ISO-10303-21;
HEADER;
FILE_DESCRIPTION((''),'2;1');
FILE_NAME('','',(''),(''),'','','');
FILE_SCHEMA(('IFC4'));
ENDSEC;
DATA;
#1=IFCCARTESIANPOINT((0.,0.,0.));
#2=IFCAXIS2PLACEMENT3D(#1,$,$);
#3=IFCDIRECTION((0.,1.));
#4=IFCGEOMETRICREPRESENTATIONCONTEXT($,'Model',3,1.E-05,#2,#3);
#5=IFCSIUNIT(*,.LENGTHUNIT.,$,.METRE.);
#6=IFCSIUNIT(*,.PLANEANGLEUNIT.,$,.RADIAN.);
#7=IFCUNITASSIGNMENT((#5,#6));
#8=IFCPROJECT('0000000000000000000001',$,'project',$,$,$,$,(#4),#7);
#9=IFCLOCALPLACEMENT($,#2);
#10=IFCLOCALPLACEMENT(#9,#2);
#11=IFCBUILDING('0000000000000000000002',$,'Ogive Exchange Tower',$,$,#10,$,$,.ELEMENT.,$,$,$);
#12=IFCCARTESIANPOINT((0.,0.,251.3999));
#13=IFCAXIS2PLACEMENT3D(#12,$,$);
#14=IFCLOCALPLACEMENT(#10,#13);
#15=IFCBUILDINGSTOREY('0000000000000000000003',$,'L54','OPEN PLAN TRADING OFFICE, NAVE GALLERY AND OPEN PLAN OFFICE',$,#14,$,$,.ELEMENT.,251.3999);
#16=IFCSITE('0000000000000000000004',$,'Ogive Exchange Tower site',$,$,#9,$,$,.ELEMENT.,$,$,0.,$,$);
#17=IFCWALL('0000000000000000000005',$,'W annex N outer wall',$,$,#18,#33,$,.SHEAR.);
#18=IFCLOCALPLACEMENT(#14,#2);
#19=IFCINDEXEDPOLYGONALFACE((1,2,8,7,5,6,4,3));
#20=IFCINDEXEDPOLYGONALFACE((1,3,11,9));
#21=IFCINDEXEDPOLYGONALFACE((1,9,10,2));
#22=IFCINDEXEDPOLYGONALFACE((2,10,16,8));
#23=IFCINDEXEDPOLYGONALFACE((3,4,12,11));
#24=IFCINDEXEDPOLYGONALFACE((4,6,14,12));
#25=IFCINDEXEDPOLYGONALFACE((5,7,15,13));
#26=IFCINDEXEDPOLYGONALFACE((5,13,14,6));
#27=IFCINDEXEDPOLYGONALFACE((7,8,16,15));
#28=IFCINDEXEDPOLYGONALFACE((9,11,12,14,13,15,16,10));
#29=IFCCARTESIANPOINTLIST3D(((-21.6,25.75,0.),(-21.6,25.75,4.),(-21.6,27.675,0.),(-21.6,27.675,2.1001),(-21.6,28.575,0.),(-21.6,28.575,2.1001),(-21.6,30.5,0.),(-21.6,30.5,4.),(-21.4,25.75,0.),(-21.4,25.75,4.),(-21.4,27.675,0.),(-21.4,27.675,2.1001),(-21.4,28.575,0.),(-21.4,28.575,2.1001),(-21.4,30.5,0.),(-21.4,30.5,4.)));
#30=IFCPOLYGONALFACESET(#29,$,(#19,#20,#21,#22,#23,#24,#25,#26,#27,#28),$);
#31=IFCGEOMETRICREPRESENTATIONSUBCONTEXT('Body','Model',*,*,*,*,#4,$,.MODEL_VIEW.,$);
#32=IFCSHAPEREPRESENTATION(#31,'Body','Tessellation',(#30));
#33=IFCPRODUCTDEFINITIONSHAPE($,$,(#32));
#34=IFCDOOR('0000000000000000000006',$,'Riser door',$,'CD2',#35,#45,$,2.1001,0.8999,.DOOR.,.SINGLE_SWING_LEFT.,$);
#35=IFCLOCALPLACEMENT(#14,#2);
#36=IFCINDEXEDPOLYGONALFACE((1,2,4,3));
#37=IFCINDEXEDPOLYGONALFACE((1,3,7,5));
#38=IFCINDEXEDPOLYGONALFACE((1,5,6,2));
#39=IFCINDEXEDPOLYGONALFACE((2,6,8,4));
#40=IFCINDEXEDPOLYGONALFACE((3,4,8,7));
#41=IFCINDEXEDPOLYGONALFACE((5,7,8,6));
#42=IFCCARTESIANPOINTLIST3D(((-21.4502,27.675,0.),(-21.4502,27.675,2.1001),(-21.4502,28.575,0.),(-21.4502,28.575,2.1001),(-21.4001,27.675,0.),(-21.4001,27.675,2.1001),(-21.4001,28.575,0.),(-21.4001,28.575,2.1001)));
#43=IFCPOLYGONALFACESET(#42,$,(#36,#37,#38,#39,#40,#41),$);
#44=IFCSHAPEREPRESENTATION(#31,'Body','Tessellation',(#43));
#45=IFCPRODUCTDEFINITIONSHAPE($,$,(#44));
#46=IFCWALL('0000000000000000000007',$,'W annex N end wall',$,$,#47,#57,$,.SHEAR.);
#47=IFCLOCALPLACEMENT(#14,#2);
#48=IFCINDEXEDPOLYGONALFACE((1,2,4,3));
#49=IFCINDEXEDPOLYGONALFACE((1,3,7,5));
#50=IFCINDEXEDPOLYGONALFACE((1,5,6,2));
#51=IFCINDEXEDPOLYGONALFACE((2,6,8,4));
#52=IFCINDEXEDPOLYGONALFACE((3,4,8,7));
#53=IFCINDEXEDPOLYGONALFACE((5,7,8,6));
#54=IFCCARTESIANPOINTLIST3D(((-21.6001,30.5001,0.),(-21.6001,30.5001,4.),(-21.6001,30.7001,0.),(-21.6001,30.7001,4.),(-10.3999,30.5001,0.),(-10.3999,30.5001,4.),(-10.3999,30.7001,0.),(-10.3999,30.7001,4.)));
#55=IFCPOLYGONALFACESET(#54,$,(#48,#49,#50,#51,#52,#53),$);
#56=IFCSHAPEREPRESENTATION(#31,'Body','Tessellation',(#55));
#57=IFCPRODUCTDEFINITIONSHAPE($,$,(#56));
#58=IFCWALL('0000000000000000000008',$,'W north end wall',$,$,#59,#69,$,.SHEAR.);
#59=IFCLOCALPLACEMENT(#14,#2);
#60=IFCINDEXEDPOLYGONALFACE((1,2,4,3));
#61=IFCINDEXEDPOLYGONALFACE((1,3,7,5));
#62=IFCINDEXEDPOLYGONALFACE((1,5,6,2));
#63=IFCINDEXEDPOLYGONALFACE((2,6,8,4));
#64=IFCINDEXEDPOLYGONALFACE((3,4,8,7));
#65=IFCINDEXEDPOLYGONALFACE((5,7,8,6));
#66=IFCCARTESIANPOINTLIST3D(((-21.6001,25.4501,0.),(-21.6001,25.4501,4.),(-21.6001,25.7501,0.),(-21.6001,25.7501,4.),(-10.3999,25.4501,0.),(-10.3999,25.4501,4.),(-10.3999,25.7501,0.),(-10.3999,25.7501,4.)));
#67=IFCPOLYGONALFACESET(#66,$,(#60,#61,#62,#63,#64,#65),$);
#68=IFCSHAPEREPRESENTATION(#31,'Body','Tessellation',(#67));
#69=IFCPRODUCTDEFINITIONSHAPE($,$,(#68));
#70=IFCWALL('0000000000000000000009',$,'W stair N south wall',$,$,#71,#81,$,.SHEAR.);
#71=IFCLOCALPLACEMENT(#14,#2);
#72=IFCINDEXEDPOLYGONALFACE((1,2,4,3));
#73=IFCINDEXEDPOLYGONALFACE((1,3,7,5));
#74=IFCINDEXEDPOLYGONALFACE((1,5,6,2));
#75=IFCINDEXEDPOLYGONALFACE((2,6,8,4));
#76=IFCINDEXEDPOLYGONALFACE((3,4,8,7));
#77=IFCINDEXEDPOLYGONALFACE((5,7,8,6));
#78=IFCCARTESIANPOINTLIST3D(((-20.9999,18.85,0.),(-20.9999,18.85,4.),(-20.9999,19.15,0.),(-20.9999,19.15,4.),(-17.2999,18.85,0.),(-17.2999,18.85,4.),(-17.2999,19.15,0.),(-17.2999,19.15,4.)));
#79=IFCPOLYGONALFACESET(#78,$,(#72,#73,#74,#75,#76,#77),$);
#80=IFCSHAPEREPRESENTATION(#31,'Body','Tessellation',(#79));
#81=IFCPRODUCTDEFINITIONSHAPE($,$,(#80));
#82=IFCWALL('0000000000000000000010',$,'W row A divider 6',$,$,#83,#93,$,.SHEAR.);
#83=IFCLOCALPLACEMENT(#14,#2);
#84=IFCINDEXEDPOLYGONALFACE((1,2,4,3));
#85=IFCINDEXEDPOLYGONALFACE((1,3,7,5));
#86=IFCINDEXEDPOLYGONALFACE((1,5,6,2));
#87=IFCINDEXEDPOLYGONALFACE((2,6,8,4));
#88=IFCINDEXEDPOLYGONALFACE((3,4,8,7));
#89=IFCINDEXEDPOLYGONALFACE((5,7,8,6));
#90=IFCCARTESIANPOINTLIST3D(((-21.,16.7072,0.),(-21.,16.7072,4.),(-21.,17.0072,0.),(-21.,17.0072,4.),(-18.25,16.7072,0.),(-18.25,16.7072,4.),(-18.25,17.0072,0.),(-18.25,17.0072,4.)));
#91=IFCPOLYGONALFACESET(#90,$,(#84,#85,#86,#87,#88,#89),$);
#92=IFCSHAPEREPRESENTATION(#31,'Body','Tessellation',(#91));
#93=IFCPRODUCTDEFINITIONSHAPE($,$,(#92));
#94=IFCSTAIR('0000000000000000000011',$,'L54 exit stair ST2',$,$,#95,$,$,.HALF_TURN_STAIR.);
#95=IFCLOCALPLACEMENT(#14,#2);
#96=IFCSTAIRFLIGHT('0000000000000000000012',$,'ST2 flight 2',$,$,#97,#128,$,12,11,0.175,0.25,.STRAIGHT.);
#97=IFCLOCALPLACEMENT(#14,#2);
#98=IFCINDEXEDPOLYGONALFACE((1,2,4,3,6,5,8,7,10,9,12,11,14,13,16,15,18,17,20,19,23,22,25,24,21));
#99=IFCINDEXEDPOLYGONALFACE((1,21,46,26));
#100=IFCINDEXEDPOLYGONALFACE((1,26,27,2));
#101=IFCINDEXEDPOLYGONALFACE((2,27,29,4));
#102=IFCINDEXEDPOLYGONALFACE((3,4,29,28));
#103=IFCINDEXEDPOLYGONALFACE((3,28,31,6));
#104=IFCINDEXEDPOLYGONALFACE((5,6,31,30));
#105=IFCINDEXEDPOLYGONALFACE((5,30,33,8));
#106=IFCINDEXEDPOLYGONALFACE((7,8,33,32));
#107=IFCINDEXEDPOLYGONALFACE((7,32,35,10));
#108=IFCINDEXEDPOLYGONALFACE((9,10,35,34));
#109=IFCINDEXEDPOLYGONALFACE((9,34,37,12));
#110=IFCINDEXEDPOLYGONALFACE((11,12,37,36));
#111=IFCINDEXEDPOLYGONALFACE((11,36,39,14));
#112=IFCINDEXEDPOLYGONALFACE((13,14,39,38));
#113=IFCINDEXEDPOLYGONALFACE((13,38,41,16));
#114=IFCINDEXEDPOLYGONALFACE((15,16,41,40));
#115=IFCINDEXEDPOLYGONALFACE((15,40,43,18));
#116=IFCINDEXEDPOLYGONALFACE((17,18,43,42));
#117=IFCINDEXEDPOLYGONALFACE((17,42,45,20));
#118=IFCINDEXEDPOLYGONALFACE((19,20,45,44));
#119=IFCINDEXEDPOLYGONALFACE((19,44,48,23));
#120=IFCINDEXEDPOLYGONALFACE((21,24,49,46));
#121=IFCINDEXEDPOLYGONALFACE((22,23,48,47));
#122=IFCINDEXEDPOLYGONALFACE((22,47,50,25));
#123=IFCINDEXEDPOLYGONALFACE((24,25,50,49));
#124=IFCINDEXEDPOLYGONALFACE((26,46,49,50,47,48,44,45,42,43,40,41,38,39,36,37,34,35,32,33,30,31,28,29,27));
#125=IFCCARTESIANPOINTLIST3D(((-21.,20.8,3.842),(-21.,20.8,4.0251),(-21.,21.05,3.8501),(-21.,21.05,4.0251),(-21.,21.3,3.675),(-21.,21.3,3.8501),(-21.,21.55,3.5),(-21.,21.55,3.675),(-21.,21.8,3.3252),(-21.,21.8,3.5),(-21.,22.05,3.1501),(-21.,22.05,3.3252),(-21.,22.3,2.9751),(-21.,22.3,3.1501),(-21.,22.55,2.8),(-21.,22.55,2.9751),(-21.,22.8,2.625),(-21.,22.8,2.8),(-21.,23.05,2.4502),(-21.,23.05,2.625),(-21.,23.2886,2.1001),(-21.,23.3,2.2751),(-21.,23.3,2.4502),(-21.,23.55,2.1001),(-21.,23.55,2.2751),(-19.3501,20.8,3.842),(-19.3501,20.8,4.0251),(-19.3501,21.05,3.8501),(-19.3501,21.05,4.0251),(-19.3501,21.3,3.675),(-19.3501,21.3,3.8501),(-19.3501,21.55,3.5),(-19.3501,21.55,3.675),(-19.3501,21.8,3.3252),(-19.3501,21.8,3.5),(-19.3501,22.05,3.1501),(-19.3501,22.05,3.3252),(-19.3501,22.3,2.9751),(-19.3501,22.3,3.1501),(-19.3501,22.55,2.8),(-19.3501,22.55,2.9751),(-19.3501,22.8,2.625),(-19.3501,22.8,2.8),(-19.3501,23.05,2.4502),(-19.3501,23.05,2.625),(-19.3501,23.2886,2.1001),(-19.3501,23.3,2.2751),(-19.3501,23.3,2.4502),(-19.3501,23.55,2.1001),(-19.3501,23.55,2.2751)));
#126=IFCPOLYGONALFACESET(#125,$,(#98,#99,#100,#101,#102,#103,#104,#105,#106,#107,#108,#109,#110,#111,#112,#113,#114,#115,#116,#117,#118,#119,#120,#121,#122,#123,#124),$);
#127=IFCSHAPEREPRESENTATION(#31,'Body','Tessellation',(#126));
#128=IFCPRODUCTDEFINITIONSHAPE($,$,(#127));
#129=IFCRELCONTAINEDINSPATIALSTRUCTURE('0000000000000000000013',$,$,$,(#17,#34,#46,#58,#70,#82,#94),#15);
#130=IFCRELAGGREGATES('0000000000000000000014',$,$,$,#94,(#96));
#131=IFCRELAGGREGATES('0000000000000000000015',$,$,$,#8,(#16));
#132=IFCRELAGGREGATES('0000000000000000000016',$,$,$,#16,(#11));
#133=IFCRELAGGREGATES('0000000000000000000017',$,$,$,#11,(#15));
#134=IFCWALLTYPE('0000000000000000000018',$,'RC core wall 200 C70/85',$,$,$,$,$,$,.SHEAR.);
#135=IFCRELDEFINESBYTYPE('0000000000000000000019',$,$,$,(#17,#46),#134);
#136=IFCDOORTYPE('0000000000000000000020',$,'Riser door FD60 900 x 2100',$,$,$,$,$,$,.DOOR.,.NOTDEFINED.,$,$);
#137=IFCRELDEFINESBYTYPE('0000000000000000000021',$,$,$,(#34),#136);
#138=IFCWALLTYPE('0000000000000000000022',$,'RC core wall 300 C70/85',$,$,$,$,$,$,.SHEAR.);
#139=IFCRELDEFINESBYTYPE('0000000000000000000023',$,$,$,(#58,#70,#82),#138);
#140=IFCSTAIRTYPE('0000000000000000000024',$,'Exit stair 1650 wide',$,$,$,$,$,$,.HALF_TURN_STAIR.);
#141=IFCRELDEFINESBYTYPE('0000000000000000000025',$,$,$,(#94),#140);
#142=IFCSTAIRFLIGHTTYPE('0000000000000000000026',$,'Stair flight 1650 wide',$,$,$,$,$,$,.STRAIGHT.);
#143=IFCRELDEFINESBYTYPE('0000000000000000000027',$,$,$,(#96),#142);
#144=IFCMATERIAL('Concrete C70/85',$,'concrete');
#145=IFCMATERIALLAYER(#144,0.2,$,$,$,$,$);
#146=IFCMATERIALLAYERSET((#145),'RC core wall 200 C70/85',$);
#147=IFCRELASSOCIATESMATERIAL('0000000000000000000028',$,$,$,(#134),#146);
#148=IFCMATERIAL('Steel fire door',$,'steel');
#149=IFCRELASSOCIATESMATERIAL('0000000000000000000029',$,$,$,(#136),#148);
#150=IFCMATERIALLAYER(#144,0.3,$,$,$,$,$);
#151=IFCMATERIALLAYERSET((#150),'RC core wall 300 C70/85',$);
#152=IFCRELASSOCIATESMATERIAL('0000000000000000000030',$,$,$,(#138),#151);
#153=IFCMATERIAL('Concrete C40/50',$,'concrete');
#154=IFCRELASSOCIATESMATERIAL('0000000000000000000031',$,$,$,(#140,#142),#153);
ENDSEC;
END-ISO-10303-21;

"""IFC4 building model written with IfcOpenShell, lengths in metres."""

from ifc_helpers import new_model, si_unit, direction, frame, frame_2d, origin, place, context, subcontext, project, spatial, polyline, rectangle, outline, extrude, material, layer, layer_set, type_object, element, fill, aggregate, save


model = new_model("IFC4")

# Units and contexts
model_context = context("Model", 3, precision=1e-05, world=origin(), true_north=direction((0.0, 1.0)))
body_context = subcontext(model_context, "Body", "Model", "MODEL_VIEW")
ifc_project = project(units=[si_unit("LENGTHUNIT", "METRE"), si_unit("PLANEANGLEUNIT", "RADIAN")], contexts=[model_context])

# Site, building, storey
site_placement = place(None, origin())
site = spatial("IfcSite", under=ifc_project, at=site_placement, Name="Ogive Exchange Tower site", CompositionType="ELEMENT", RefElevation=0.0)
building_placement = place(site_placement, origin())
building = spatial("IfcBuilding", under=site, at=building_placement, Name="Ogive Exchange Tower", CompositionType="ELEMENT")
storey_placement = place(building_placement, frame((0.0, 0.0, 251.3999)))
storey = spatial("IfcBuildingStorey", under=building, at=storey_placement, Name="L54", Description="OPEN PLAN TRADING OFFICE, NAVE GALLERY AND OPEN PLAN OFFICE", CompositionType="ELEMENT", Elevation=251.3999)

# Wall, opening, door
ifc_material_1 = material(Name="Concrete C70/85", Category="concrete")
ifc_layer_1 = layer(ifc_material_1, 0.2)
ifc_layer_set_1 = layer_set([ifc_layer_1], Name="RC core wall 200 C70/85")
wall_type_1 = type_object("IfcWallType", Name="RC core wall 200 C70/85", PredefinedType="SHEAR", material=ifc_layer_set_1)
wall_1_placement = place(storey_placement, frame((-21.5, 25.75, 0.0), z_axis=(0.0, 0.0, 1.0), x_axis=(0.0, 1.0, 0.0)))
wall_1 = element("IfcWall", 1, at=wall_1_placement, inside=storey, type_object=wall_type_1, Name="W annex N outer wall", PredefinedType="SHEAR", context=body_context, shape_type="SweptSolid", body=[
    extrude(rectangle(XDim=4.75, YDim=0.2, at=frame_2d((2.375, 0.0))), origin(), (0.0, 0.0, 1.0), 4.0),
])
opening_placement = place(wall_1_placement, frame((1.925, 0.0, 0.0)))
opening = element("IfcOpeningElement", 2, at=opening_placement, cuts=wall_1, PredefinedType="OPENING", context=body_context, shape_type="SweptSolid", body=[
    extrude(rectangle(XDim=0.8999, YDim=2.1001, at=frame_2d((0.45, 1.05))), frame((0.0, 0.1099, 0.0), z_axis=(0.0, -1.0, 0.0), x_axis=(1.0, 0.0, 0.0)), (0.0, 0.0, 1.0), 0.22),
])
ifc_material_2 = material(Name="Steel fire door", Category="steel")
door_type = type_object("IfcDoorType", Name="Riser door FD60 900 x 2100", OperationType="NOTDEFINED", PredefinedType="DOOR", material=ifc_material_2)
door_placement = place(opening_placement, origin())
door = element("IfcDoor", 3, at=door_placement, inside=storey, type_object=door_type, Name="Riser door", ObjectType="CD2", OperationType="SINGLE_SWING_LEFT", OverallHeight=2.1001, OverallWidth=0.8999, PredefinedType="DOOR", context=body_context, shape_type="SweptSolid", body=[
    extrude(rectangle(XDim=0.8999, YDim=2.1001, at=frame_2d((0.45, 1.05))), frame((0.0, -0.0498, 0.0), z_axis=(0.0, -1.0, 0.0), x_axis=(1.0, 0.0, 0.0)), (0.0, 0.0, 1.0), 0.05),
])
fill(opening, door)

# Walls
wall_2_placement = place(storey_placement, frame((-21.6001, 30.6001, 0.0), z_axis=(0.0, 0.0, 1.0), x_axis=(1.0, 0.0, 0.0)))
element("IfcWall", 4, at=wall_2_placement, inside=storey, type_object=wall_type_1, Name="W annex N end wall", PredefinedType="SHEAR", context=body_context, shape_type="SweptSolid", body=[
    extrude(rectangle(XDim=11.2002, YDim=0.2, at=frame_2d((5.6001, 0.0))), origin(), (0.0, 0.0, 1.0), 4.0),
])
ifc_layer_2 = layer(ifc_material_1, 0.3)
ifc_layer_set_2 = layer_set([ifc_layer_2], Name="RC core wall 300 C70/85")
wall_type_2 = type_object("IfcWallType", Name="RC core wall 300 C70/85", PredefinedType="SHEAR", material=ifc_layer_set_2)
wall_3_placement = place(storey_placement, frame((-21.6001, 25.6001, 0.0), z_axis=(0.0, 0.0, 1.0), x_axis=(1.0, 0.0, 0.0)))
element("IfcWall", 5, at=wall_3_placement, inside=storey, type_object=wall_type_2, Name="W north end wall", PredefinedType="SHEAR", context=body_context, shape_type="SweptSolid", body=[
    extrude(rectangle(XDim=11.2002, YDim=0.3, at=frame_2d((5.6001, 0.0))), origin(), (0.0, 0.0, 1.0), 4.0),
])
wall_4_placement = place(storey_placement, frame((-21.0, 19.0, 0.0), z_axis=(0.0, 0.0, 1.0), x_axis=(1.0, 0.0, 0.0)))
element("IfcWall", 6, at=wall_4_placement, inside=storey, type_object=wall_type_2, Name="W stair N south wall", PredefinedType="SHEAR", context=body_context, shape_type="SweptSolid", body=[
    extrude(rectangle(XDim=3.7, YDim=0.3, at=frame_2d((1.8501, 0.0))), origin(), (0.0, 0.0, 1.0), 4.0),
])
wall_5_placement = place(storey_placement, frame((-21.0, 16.8572, 0.0), z_axis=(0.0, 0.0, 1.0), x_axis=(1.0, 0.0, 0.0)))
element("IfcWall", 7, at=wall_5_placement, inside=storey, type_object=wall_type_2, Name="W row A divider 6", PredefinedType="SHEAR", context=body_context, shape_type="SweptSolid", body=[
    extrude(rectangle(XDim=2.75, YDim=0.3, at=frame_2d((1.375, 0.0))), origin(), (0.0, 0.0, 1.0), 4.0),
])

# Stair, stair flight
ifc_material_3 = material(Name="Concrete C40/50", Category="concrete")
stair_type = type_object("IfcStairType", Name="Exit stair 1650 wide", PredefinedType="HALF_TURN_STAIR", material=ifc_material_3)
stair_placement = place(storey_placement, origin())
stair = element("IfcStair", 8, at=stair_placement, inside=storey, type_object=stair_type, Name="L54 exit stair ST2", PredefinedType="HALF_TURN_STAIR")
stair_flight_type = type_object("IfcStairFlightType", Name="Stair flight 1650 wide", PredefinedType="STRAIGHT", material=ifc_material_3)
stair_flight_placement = place(storey_placement, frame((-20.175, 23.55, 2.1001), z_axis=(0.0, 0.0, 1.0), x_axis=(0.0, -1.0, 0.0)))
stair_flight = element("IfcStairFlight", 9, at=stair_flight_placement, type_object=stair_flight_type, Name="ST2 flight 2", NumberOfRisers=12, NumberOfTreads=11, PredefinedType="STRAIGHT", RiserHeight=0.175, TreadLength=0.25, context=body_context, shape_type="SweptSolid", body=[
    extrude(outline(polyline([(0.0, 0.0), (0.0, 0.175), (0.25, 0.175), (0.25, 0.3501), (0.5, 0.3501), (0.5, 0.5249), (0.75, 0.5249), (0.75, 0.7), (1.0, 0.7), (1.0, 0.875), (1.25, 0.875), (1.25, 1.05), (1.5, 1.05), (1.5, 1.2251), (1.75, 1.2251), (1.75, 1.3999), (2.0, 1.3999), (2.0, 1.575), (2.25, 1.575), (2.25, 1.75), (2.5, 1.75), (2.5, 1.925), (2.75, 1.925), (2.75, 2.1001), (2.75, 1.7419), (0.2615, 0.0), (0.0, 0.0)])), frame((0.0, 0.825, 0.0), z_axis=(0.0, -1.0, 0.0), x_axis=(1.0, 0.0, 0.0)), (0.0, 0.0, 1.0), 1.6499),
])
aggregate(stair, [stair_flight])

save(model, "model.ifc")
